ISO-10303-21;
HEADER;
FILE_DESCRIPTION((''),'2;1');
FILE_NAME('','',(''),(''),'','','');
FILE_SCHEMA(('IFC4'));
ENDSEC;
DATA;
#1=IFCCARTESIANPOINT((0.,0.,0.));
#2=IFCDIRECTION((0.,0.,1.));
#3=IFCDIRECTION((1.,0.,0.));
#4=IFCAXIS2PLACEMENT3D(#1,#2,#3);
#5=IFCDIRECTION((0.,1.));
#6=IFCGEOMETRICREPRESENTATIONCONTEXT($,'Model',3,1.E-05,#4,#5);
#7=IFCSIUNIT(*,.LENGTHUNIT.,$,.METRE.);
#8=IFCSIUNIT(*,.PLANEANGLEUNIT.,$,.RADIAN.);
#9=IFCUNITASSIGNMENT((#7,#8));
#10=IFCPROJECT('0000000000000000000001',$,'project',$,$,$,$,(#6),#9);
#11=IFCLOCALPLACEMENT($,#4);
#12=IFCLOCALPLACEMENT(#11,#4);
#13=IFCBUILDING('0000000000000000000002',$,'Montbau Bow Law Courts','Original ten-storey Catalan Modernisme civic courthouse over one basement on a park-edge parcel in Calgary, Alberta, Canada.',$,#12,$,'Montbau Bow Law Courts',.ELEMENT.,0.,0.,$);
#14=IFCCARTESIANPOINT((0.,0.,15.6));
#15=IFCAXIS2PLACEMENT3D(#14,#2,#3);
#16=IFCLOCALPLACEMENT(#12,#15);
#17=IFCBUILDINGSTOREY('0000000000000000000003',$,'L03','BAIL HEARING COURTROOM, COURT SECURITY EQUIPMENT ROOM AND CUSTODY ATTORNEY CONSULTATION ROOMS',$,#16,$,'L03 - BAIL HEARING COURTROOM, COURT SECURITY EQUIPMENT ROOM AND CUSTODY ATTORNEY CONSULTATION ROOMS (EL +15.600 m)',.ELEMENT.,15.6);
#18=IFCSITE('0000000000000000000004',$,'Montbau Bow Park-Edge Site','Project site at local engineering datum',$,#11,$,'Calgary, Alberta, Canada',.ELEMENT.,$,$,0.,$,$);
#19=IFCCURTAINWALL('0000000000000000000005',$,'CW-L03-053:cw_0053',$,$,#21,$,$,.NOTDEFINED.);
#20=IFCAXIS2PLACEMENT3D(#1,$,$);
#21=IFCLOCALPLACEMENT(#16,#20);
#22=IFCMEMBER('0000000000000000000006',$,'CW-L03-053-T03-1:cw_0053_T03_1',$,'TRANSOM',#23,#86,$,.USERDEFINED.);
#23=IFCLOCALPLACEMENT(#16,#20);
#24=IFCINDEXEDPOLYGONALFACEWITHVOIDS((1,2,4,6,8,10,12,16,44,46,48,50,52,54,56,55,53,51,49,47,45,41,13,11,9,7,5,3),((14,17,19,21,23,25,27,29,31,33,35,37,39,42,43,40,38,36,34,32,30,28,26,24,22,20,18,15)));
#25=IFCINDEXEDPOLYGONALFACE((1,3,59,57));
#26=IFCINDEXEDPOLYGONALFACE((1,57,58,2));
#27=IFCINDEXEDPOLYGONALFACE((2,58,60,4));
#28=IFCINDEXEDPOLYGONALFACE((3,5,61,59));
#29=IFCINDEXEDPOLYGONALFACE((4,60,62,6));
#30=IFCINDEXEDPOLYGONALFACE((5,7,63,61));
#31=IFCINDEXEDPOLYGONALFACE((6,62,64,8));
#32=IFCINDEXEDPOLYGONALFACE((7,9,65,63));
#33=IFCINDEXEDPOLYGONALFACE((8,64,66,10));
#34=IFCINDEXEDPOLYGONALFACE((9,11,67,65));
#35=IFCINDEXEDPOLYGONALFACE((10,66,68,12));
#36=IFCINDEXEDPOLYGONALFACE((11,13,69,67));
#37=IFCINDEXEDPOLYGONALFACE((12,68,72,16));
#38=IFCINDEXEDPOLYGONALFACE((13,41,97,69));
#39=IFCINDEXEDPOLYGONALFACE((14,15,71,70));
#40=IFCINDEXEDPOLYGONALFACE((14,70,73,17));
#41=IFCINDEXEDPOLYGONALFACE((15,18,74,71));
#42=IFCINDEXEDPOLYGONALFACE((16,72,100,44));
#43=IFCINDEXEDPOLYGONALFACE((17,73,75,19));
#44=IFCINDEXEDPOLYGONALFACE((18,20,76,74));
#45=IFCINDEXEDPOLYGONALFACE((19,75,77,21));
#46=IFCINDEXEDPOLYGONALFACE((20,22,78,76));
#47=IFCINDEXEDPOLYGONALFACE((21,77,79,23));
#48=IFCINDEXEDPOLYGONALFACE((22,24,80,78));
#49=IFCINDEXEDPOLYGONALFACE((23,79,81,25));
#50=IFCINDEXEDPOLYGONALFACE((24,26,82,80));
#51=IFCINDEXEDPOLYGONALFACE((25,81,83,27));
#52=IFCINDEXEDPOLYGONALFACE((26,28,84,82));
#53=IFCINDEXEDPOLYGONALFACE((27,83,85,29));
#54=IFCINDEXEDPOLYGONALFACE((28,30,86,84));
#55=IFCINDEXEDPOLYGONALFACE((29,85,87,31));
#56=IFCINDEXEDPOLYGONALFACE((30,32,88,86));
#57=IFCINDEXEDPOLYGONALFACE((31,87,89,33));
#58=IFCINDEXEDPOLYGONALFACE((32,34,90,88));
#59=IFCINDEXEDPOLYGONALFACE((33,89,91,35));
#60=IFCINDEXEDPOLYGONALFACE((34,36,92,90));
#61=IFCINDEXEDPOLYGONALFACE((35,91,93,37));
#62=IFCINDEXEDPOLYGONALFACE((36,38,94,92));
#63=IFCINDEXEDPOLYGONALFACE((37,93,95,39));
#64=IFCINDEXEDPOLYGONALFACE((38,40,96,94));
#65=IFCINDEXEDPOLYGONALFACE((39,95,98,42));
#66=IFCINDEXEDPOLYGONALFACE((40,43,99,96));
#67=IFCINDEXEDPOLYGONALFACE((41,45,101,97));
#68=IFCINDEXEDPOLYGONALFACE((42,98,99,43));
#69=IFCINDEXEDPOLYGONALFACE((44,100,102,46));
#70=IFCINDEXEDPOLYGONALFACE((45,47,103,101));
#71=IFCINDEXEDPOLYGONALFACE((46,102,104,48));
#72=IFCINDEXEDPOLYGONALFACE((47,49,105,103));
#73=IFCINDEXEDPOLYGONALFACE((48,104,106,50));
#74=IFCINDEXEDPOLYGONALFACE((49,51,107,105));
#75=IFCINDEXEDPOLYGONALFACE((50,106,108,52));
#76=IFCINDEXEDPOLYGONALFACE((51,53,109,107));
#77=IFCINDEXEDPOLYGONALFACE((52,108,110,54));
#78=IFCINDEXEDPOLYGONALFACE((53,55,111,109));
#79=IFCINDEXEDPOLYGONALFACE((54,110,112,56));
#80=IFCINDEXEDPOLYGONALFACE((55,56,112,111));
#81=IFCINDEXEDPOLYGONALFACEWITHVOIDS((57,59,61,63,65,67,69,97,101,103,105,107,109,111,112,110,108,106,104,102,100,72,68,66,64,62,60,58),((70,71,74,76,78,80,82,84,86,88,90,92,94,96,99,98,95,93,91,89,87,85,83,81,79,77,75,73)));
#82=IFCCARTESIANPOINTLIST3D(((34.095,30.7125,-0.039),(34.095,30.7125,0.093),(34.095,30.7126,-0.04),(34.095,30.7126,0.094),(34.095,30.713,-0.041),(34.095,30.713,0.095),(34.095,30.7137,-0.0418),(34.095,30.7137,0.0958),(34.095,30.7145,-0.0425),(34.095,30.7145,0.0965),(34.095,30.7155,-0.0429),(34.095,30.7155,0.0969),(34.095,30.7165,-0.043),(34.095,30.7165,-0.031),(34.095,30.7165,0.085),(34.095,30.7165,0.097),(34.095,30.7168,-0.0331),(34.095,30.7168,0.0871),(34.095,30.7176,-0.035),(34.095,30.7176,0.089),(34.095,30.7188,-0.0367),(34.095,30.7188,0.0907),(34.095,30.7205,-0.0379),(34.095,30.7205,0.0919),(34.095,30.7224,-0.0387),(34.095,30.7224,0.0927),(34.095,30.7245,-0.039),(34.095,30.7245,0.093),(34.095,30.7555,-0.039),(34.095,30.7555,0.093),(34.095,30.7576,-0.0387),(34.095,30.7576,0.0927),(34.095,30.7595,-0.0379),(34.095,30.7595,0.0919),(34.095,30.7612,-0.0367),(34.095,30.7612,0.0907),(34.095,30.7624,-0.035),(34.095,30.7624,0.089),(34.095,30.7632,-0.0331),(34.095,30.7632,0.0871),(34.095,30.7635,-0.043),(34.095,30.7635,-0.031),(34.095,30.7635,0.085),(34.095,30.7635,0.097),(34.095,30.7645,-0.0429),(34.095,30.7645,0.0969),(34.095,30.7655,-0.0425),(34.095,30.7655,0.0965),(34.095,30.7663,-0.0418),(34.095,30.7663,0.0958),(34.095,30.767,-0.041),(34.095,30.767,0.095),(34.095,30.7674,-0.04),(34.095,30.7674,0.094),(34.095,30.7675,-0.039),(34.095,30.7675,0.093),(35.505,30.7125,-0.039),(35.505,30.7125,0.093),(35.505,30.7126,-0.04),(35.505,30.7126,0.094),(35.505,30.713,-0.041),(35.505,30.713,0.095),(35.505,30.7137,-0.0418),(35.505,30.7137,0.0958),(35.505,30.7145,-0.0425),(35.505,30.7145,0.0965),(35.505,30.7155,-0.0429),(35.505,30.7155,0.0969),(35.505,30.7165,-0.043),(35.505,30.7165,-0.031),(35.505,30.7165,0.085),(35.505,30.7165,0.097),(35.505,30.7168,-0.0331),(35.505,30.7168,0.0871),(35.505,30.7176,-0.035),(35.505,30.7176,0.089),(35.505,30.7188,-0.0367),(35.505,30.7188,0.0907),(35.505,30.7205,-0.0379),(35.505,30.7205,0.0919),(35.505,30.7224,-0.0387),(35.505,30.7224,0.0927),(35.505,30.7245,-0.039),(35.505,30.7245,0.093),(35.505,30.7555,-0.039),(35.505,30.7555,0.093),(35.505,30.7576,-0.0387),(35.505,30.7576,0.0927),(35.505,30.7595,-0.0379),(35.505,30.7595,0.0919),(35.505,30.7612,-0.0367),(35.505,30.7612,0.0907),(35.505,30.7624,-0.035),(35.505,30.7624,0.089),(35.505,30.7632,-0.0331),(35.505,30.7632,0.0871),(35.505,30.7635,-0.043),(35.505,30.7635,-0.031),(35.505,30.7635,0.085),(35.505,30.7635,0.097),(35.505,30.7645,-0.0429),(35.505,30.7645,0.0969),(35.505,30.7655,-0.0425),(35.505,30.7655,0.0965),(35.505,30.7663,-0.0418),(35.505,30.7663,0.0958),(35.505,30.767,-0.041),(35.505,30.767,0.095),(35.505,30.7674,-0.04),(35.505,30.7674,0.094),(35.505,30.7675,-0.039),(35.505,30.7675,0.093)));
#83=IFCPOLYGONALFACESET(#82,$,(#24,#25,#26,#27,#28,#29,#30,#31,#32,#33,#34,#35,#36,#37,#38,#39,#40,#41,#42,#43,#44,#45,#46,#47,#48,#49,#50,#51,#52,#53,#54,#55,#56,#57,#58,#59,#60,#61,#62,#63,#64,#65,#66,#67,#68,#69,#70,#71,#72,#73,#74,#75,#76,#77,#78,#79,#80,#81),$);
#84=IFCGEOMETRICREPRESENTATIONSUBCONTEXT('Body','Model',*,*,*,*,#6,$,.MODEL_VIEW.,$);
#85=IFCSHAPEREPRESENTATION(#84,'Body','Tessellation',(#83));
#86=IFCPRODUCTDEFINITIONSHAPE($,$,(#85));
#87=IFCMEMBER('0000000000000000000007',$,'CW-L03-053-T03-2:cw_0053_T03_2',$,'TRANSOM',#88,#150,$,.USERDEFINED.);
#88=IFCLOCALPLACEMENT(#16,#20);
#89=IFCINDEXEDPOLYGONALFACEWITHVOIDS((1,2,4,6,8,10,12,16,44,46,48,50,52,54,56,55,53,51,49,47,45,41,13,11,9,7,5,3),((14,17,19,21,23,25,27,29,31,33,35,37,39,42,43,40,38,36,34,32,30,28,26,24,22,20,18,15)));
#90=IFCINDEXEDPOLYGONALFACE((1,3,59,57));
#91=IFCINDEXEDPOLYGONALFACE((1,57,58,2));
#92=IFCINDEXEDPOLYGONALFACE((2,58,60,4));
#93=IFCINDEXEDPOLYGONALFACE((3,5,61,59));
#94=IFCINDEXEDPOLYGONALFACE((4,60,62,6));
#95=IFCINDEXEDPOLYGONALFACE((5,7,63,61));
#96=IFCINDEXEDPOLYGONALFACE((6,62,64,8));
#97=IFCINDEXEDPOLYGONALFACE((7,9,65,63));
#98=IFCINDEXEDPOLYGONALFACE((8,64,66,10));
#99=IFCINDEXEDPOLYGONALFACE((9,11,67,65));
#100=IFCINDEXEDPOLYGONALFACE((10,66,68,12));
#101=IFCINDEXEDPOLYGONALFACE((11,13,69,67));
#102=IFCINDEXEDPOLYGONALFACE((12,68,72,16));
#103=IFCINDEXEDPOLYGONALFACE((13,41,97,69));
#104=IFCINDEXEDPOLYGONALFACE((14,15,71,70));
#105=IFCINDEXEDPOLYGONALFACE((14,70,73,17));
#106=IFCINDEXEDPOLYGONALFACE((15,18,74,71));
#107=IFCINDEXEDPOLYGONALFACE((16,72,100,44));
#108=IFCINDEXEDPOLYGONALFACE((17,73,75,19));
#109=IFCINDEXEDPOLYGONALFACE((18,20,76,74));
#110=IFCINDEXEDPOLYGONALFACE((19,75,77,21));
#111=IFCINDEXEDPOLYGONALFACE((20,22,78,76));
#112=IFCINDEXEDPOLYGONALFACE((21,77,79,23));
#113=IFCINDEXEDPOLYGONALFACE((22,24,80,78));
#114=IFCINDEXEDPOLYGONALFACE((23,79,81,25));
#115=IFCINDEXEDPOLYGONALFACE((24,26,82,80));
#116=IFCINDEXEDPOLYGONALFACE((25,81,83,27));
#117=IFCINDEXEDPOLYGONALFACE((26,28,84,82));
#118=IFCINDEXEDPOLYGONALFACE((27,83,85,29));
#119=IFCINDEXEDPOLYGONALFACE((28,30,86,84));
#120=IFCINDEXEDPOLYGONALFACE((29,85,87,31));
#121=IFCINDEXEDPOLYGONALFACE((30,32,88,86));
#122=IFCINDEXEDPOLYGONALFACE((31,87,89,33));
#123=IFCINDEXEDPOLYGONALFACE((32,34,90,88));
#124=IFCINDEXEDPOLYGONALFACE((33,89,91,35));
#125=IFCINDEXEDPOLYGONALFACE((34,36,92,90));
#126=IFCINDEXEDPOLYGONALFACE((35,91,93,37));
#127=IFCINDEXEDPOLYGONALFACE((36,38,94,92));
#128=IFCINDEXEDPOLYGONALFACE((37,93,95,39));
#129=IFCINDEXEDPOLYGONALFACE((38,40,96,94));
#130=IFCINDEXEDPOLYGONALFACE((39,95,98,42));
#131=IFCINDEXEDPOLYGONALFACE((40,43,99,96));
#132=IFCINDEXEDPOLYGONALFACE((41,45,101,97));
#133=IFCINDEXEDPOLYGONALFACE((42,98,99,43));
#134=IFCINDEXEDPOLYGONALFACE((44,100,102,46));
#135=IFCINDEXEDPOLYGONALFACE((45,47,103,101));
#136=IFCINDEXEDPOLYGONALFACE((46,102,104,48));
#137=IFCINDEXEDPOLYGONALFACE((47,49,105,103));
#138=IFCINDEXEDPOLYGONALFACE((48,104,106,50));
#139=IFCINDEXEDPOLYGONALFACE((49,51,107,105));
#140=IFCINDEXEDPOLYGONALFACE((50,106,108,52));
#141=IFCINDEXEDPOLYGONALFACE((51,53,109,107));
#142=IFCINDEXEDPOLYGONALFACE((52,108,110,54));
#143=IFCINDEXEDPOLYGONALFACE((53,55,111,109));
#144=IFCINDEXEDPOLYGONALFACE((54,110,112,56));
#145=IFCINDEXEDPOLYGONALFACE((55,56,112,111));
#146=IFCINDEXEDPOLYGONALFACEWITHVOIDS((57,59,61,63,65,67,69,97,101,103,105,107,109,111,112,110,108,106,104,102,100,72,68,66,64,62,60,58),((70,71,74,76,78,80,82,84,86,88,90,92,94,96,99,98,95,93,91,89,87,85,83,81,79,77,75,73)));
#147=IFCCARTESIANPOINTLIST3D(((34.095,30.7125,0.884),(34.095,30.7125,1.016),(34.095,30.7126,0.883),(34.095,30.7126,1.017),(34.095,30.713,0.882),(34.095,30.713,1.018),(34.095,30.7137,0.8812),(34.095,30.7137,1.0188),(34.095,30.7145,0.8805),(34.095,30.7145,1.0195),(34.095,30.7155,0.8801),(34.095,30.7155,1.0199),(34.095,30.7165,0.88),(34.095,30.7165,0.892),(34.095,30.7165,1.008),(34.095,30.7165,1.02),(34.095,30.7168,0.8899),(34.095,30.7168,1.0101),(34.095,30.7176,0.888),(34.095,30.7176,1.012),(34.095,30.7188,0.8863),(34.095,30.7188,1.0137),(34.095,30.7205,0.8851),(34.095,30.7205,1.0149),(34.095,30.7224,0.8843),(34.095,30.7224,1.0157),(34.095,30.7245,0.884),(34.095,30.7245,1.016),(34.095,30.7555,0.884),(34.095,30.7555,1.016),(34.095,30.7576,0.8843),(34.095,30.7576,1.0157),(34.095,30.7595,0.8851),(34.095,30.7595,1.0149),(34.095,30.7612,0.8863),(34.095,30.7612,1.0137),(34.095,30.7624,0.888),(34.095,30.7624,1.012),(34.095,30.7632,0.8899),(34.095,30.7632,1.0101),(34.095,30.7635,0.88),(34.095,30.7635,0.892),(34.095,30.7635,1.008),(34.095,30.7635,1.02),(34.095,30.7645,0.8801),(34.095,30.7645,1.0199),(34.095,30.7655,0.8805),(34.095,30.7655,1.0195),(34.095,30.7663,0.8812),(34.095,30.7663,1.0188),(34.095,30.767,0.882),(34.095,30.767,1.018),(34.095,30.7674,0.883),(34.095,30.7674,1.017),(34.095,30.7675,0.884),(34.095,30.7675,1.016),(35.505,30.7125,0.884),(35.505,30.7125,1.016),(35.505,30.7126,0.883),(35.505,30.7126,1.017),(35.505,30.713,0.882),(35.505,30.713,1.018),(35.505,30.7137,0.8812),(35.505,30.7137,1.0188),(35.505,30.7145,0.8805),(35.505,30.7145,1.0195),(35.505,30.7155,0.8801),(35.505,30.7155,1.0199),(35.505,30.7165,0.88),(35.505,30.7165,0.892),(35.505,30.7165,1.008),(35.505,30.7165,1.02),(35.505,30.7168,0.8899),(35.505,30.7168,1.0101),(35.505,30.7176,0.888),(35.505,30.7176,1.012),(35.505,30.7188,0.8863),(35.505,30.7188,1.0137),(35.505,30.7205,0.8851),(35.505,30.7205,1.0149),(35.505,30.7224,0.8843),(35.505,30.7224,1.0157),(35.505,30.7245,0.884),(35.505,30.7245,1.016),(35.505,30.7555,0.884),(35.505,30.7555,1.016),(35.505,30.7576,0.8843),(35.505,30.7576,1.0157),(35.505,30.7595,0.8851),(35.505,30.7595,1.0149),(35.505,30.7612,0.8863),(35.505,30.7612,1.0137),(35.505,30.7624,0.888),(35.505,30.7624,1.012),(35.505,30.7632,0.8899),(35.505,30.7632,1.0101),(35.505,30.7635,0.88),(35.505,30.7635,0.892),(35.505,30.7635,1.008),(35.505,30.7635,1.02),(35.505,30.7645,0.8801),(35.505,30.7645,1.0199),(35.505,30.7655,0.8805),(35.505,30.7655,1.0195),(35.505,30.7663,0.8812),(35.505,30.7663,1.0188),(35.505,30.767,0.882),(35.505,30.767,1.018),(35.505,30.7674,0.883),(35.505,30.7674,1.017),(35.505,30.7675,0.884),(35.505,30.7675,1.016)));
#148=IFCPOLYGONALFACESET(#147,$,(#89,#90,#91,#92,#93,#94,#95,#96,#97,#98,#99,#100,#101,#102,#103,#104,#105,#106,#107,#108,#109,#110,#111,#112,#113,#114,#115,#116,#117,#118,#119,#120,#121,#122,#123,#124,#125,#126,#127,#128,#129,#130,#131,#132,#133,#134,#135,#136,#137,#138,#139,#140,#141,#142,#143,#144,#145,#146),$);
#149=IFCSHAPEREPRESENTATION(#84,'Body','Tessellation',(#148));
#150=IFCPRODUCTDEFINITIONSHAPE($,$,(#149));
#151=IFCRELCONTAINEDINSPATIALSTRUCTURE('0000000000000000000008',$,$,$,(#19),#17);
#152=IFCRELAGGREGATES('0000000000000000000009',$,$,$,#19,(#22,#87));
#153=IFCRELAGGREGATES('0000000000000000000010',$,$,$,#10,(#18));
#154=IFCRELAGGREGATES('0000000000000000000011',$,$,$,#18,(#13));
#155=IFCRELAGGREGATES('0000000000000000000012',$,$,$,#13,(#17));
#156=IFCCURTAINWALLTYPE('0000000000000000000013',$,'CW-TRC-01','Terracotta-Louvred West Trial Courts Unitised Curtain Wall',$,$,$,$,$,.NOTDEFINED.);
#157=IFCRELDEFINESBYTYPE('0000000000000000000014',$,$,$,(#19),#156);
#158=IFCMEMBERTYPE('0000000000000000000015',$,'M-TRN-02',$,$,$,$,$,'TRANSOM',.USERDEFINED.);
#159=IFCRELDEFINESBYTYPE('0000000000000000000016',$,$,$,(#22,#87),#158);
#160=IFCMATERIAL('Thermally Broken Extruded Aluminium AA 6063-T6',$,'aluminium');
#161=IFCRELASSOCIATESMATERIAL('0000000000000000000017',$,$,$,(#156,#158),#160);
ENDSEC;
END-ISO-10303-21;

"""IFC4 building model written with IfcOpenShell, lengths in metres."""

from ifc_helpers import new_model, si_unit, direction, frame, origin_with_axes, origin_2d_with_axis, place, context, subcontext, project, spatial, hollow_rectangle, extrude, material, material_profile, profile_set, type_object, element, aggregate, save


model = new_model("IFC4")

# Units and contexts
model_context = context("Model", 3, precision=1e-05, world=origin_with_axes(), true_north=direction((0.0, 1.0)))
body_context = subcontext(model_context, "Body", "Model", "MODEL_VIEW")
ifc_project = project(units=[si_unit("LENGTHUNIT", "METRE"), si_unit("PLANEANGLEUNIT", "RADIAN")], contexts=[model_context])

# Site, building, storey
site_placement = place(None, origin_with_axes())
site = spatial("IfcSite", under=ifc_project, at=site_placement, Name="Montbau Bow Park-Edge Site", Description="Project site at local engineering datum", LongName="Calgary, Alberta, Canada", CompositionType="ELEMENT", RefElevation=0.0)
building_placement = place(site_placement, origin_with_axes())
building = spatial("IfcBuilding", under=site, at=building_placement, Name="Montbau Bow Law Courts", Description="Original ten-storey Catalan Modernisme civic courthouse over one basement on a park-edge parcel in Calgary, Alberta, Canada.", LongName="Montbau Bow Law Courts", CompositionType="ELEMENT", ElevationOfRefHeight=0.0, ElevationOfTerrain=0.0)
storey_placement = place(building_placement, frame((0.0, 0.0, 15.6), z_axis=(0.0, 0.0, 1.0), x_axis=(1.0, 0.0, 0.0)))
storey = spatial("IfcBuildingStorey", under=building, at=storey_placement, Name="L03", Description="BAIL HEARING COURTROOM, COURT SECURITY EQUIPMENT ROOM AND CUSTODY ATTORNEY CONSULTATION ROOMS", LongName="L03 - BAIL HEARING COURTROOM, COURT SECURITY EQUIPMENT ROOM AND CUSTODY ATTORNEY CONSULTATION ROOMS (EL +15.600 m)", CompositionType="ELEMENT", Elevation=15.6)

# Shared definitions
ifc_material_1 = material(Name="Thermally Broken Extruded Aluminium AA 6063-T6", Category="aluminium")
curtain_wall_type = type_object("IfcCurtainWallType", Name="CW-TRC-01", Description="Terracotta-Louvred West Trial Courts Unitised Curtain Wall", PredefinedType="NOTDEFINED", material=ifc_material_1)

# Curtain wall, members
curtain_wall_1_placement = place(None, frame((31.115, 30.74, 15.6), z_axis=(0.0, 0.0, 1.0), x_axis=(1.0, 0.0, 0.0)))
curtain_wall_1 = element("IfcCurtainWall", 1, at=curtain_wall_1_placement, inside=storey, type_object=curtain_wall_type, Name="CW-L03-053:cw_0053", PredefinedType="NOTDEFINED")
ifc_material_profile_1 = material_profile(ifc_material_1, hollow_rectangle(XDim=0.055, YDim=0.14, WallThickness=0.004, InnerFilletRadius=0.008, OuterFilletRadius=0.004, at=origin_2d_with_axis()), Name="CWT-140X55", Category="Main", Priority=0)
ifc_profile_set_1 = profile_set([ifc_material_profile_1], Name="Thermally Broken Extruded Aluminium AA 6063-T6")
member_type_1 = type_object("IfcMemberType", Name="M-TRN-02", ElementType="TRANSOM", PredefinedType="USERDEFINED", material=ifc_profile_set_1)
member_1_placement = place(None, frame((34.095, 30.74, 15.627), z_axis=(1.0, 0.0, 0.0), x_axis=(0.0, 1.0, 0.0)))
member_1 = element("IfcMember", 2, at=member_1_placement, type_object=member_type_1, Name="CW-L03-053-T03-1:cw_0053_T03_1", ObjectType="TRANSOM", PredefinedType="USERDEFINED", context=body_context, shape_type="SweptSolid", body=[
    extrude(hollow_rectangle(XDim=0.055, YDim=0.14, WallThickness=0.004, InnerFilletRadius=0.008, OuterFilletRadius=0.004, at=origin_2d_with_axis()), origin_with_axes(), (0.0, 0.0, 1.0), 1.41),
])
member_2_placement = place(None, frame((34.095, 30.74, 16.55), z_axis=(1.0, 0.0, 0.0), x_axis=(0.0, 1.0, 0.0)))
member_2 = element("IfcMember", 3, at=member_2_placement, type_object=member_type_1, Name="CW-L03-053-T03-2:cw_0053_T03_2", ObjectType="TRANSOM", PredefinedType="USERDEFINED", context=body_context, shape_type="SweptSolid", body=[
    extrude(hollow_rectangle(XDim=0.055, YDim=0.14, WallThickness=0.004, InnerFilletRadius=0.008, OuterFilletRadius=0.004, at=origin_2d_with_axis()), origin_with_axes(), (0.0, 0.0, 1.0), 1.41),
])
aggregate(curtain_wall_1, [member_1, member_2])

save(model, "model.ifc")
